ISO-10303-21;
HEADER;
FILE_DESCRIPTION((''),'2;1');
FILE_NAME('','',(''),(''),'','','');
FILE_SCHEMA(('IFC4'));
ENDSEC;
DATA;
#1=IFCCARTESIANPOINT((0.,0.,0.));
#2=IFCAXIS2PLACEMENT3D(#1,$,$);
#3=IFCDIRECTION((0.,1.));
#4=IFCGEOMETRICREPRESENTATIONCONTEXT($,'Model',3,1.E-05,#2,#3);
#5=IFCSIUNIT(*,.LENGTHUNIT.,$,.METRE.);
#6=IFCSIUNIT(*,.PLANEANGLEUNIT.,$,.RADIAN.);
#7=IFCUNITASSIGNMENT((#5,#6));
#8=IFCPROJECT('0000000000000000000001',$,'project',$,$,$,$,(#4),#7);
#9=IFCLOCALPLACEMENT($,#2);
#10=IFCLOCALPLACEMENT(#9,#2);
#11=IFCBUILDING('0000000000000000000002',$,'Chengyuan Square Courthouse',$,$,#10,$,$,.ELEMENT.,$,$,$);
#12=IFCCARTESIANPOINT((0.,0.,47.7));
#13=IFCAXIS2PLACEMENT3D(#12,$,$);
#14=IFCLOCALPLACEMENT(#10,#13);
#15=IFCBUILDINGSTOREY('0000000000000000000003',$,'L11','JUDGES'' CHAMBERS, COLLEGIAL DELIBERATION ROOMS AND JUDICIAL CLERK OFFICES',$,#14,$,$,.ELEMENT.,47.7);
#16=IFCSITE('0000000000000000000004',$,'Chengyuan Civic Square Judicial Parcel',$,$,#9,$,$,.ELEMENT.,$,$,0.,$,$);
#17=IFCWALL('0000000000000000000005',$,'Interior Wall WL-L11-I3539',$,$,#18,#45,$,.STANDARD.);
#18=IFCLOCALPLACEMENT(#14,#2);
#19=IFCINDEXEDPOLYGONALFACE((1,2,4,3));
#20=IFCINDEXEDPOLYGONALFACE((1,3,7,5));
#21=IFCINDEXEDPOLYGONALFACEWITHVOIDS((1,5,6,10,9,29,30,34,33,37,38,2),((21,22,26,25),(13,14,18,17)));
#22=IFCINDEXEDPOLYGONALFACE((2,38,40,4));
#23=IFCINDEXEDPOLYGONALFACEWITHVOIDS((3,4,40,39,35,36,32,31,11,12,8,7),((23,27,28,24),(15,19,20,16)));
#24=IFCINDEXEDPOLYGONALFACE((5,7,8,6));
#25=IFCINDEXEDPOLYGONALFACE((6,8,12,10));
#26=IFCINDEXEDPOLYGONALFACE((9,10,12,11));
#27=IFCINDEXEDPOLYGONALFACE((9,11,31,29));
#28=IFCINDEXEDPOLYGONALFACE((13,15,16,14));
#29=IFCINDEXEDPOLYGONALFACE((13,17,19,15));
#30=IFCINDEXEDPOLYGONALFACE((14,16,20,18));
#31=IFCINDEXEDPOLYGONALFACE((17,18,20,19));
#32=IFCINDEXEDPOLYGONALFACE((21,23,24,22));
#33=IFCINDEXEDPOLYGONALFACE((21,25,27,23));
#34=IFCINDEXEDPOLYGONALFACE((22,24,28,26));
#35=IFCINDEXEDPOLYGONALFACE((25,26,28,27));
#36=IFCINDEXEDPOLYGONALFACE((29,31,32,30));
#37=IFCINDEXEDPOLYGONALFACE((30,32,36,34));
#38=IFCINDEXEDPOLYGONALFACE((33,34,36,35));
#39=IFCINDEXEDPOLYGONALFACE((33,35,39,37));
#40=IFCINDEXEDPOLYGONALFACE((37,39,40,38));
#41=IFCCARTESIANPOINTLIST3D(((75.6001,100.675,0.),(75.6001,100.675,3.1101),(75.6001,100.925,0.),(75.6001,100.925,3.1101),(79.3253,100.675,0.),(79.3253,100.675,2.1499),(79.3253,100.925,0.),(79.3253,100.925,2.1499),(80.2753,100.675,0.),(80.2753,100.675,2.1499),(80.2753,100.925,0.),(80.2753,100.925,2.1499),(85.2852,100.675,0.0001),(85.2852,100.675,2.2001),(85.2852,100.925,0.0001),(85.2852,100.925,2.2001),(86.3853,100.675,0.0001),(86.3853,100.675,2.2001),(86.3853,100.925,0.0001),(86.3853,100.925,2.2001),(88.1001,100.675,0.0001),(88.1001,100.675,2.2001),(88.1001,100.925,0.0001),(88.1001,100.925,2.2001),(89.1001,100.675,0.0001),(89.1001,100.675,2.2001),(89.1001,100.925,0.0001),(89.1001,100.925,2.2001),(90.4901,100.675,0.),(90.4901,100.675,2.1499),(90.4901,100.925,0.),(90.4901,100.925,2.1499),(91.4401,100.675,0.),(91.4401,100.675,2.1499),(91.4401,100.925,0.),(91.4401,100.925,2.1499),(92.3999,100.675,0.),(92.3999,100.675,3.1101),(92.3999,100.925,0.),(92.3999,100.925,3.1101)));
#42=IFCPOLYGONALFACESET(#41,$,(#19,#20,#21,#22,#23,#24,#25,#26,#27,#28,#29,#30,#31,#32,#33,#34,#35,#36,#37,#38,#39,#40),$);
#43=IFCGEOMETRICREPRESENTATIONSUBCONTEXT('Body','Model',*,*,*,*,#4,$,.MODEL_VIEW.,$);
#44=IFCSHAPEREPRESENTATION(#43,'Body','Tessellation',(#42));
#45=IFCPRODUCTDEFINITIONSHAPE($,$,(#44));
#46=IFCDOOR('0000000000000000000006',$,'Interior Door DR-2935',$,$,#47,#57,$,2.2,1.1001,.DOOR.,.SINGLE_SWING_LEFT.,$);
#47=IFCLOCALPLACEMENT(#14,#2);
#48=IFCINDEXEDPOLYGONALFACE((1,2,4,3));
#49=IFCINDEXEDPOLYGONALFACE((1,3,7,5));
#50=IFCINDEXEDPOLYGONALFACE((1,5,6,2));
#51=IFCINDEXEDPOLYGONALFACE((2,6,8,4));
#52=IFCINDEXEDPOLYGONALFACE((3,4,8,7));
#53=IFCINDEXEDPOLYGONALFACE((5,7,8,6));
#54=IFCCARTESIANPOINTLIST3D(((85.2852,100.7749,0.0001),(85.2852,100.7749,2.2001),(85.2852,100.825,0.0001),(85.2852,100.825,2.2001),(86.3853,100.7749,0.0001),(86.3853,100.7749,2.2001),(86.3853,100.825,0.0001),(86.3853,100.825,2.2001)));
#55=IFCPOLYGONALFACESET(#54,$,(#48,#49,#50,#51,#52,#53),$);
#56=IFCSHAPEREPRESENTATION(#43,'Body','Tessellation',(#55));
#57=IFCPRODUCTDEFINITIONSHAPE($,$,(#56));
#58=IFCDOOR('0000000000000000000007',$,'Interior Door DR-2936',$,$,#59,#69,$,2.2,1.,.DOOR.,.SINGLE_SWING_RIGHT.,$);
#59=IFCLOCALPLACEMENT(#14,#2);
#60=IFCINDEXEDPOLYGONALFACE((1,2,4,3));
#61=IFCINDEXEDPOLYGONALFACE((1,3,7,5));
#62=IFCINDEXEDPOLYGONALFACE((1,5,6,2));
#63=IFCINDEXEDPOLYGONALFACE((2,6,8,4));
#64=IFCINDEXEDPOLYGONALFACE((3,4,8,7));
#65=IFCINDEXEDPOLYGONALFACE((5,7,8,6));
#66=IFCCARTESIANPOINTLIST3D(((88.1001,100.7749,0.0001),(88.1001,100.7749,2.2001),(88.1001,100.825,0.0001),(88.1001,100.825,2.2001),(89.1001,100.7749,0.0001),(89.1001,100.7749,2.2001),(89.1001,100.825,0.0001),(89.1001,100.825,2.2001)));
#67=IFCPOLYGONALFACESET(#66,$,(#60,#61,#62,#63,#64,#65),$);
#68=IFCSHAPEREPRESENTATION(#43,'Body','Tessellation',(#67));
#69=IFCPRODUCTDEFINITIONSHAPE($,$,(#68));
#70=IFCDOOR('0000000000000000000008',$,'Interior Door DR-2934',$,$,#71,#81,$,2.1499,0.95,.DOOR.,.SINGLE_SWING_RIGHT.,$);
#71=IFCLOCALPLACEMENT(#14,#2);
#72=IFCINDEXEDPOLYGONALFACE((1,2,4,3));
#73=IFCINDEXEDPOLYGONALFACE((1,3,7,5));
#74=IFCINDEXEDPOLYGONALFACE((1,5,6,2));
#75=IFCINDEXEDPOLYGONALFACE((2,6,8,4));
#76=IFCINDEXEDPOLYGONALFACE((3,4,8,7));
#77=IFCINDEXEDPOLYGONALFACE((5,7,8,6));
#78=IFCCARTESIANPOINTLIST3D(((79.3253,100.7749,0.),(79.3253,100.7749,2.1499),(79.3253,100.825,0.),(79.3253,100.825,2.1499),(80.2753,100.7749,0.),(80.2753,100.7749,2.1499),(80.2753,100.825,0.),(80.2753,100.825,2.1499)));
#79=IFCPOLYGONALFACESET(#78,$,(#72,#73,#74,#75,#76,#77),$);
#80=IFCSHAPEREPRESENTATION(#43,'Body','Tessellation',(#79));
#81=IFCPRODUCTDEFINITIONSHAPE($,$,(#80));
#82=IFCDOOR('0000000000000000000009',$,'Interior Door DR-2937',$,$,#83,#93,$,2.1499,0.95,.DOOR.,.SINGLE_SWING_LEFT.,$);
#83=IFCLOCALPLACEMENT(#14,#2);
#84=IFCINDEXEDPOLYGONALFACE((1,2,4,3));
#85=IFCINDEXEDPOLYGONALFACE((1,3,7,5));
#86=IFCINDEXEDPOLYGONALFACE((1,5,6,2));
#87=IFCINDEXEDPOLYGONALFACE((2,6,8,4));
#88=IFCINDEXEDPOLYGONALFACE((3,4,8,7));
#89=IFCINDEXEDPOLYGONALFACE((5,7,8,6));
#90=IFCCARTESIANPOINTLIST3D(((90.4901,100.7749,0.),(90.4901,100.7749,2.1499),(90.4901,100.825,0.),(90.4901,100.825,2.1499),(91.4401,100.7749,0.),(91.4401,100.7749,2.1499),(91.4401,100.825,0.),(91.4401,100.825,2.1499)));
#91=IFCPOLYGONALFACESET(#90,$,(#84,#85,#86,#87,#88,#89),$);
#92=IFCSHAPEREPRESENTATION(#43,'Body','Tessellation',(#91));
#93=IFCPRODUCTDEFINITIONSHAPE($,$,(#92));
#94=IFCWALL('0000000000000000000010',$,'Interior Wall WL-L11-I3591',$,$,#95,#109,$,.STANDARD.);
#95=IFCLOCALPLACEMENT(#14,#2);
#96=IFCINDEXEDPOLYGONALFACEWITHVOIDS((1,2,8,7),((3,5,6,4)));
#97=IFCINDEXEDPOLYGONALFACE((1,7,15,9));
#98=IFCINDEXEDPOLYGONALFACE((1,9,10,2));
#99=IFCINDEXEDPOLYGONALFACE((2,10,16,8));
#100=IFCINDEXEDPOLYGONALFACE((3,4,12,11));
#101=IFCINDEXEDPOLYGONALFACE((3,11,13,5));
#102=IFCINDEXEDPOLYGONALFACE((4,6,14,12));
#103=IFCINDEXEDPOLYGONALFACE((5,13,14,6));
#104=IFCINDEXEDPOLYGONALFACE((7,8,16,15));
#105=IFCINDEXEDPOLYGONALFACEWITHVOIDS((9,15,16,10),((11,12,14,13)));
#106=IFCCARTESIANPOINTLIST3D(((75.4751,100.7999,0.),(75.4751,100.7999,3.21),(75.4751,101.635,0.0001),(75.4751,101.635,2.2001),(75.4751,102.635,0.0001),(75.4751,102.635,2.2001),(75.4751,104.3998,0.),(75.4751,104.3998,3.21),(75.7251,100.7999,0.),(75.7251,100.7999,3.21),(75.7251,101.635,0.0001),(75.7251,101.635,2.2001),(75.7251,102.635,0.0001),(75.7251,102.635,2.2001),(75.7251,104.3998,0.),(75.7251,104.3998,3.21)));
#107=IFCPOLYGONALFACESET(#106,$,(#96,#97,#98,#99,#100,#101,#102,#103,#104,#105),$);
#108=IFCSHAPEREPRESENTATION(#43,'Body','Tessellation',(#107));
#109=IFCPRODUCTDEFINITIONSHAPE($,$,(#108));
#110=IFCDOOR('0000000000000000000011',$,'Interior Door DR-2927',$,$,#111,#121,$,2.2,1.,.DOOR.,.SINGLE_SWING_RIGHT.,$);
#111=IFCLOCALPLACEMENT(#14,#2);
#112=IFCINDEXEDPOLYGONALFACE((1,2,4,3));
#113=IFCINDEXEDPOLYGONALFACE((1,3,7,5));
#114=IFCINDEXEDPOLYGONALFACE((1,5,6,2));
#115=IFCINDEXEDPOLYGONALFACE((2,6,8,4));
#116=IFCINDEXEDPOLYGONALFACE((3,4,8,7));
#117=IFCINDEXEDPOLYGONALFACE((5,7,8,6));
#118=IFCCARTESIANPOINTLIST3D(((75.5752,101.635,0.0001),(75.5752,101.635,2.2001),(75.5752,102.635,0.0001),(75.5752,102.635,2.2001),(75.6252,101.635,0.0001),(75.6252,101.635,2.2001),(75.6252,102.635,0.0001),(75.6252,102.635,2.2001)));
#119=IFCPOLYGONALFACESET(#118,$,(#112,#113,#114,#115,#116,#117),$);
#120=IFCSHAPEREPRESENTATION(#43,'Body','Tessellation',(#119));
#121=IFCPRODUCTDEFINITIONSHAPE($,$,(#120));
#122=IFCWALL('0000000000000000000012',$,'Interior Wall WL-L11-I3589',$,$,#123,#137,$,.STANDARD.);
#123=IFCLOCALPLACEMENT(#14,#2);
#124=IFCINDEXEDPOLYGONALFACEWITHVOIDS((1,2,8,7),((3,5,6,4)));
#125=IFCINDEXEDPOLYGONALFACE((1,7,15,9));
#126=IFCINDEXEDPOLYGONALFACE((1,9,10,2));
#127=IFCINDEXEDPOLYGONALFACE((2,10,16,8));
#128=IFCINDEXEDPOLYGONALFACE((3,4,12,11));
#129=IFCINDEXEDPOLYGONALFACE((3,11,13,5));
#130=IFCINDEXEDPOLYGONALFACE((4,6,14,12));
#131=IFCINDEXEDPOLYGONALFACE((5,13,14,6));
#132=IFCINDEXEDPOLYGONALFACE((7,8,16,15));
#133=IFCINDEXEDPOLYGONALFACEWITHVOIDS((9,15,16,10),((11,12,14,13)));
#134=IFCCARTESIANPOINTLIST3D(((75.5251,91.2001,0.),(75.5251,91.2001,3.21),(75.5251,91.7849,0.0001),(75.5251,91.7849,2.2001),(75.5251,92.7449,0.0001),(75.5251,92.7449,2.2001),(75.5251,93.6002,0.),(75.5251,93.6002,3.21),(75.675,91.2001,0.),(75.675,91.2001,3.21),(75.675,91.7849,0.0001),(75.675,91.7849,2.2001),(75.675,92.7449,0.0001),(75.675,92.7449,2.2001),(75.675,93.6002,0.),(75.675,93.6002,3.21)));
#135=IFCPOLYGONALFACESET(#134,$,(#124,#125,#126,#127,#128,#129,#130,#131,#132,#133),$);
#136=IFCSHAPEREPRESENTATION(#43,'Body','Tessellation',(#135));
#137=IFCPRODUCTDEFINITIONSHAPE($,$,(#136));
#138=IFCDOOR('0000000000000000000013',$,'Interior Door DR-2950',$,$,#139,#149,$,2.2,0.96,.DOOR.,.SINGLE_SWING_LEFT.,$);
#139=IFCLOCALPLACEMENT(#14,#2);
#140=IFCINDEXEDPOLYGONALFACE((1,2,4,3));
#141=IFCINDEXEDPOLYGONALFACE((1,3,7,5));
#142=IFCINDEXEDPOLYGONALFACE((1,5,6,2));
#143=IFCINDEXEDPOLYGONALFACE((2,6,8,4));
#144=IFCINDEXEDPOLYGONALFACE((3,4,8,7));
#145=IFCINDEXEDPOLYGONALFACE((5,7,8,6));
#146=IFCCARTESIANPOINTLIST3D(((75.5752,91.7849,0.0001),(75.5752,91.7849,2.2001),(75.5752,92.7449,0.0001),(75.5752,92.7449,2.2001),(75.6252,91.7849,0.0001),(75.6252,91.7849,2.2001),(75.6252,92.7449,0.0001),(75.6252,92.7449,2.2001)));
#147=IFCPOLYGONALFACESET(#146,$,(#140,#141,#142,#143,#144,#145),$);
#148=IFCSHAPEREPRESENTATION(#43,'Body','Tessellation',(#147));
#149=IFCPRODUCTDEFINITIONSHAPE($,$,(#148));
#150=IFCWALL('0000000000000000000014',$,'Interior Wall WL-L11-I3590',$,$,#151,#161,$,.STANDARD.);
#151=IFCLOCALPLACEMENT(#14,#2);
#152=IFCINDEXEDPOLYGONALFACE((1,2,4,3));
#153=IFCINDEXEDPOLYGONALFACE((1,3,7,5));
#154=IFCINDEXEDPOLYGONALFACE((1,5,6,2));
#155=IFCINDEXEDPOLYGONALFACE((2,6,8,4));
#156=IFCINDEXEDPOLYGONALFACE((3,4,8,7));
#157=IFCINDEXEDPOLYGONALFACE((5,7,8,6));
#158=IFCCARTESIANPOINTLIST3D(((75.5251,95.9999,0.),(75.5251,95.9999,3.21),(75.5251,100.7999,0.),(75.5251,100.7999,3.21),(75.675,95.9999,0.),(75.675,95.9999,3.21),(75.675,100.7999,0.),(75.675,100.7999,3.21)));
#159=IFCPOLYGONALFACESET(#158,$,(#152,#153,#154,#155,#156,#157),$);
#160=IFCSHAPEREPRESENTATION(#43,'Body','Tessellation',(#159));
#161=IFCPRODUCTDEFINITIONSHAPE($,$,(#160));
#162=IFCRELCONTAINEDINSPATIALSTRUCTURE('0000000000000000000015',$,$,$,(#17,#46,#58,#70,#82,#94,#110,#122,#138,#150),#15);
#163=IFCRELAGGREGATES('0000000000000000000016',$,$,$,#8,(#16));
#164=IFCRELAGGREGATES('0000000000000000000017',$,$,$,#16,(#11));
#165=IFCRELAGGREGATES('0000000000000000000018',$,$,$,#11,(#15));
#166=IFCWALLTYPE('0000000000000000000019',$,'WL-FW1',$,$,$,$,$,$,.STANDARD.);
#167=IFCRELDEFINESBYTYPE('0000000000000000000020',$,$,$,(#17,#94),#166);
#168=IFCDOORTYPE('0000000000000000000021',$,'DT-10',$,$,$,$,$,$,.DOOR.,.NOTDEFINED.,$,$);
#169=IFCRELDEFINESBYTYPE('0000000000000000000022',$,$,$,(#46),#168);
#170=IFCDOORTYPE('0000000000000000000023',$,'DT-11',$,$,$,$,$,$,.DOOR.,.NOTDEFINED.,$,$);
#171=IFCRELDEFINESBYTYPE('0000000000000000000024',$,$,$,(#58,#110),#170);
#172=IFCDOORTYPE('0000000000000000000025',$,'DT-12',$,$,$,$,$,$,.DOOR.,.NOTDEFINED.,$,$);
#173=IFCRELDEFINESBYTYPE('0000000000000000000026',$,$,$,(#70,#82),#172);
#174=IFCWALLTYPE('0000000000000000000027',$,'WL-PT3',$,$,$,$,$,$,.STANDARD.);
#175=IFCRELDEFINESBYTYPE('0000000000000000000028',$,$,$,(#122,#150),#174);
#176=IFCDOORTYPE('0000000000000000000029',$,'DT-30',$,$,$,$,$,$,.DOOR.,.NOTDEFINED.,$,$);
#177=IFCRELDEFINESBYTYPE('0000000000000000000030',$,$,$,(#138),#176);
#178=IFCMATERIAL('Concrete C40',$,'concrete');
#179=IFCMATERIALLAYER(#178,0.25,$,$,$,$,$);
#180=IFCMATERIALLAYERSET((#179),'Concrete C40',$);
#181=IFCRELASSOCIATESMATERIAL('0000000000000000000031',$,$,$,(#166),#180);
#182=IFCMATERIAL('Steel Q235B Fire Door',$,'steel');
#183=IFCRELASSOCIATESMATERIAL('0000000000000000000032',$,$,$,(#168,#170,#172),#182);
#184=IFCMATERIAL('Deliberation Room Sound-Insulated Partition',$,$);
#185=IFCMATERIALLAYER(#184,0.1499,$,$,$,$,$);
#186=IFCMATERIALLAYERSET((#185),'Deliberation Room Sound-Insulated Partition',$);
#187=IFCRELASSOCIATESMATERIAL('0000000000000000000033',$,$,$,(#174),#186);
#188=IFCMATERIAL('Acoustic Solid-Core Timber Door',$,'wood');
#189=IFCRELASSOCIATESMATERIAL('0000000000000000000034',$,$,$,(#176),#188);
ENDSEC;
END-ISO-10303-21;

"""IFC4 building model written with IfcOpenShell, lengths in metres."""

from ifc_helpers import new_model, si_unit, direction, frame, frame_2d, origin, place, context, subcontext, project, spatial, rectangle, extrude, material, layer, layer_set, type_object, element, fill, save


model = new_model("IFC4")

# Units and contexts
model_context = context("Model", 3, precision=1e-05, world=origin(), true_north=direction((0.0, 1.0)))
body_context = subcontext(model_context, "Body", "Model", "MODEL_VIEW")
ifc_project = project(units=[si_unit("LENGTHUNIT", "METRE"), si_unit("PLANEANGLEUNIT", "RADIAN")], contexts=[model_context])

# Site, building, storey
site_placement = place(None, origin())
site = spatial("IfcSite", under=ifc_project, at=site_placement, Name="Chengyuan Civic Square Judicial Parcel", CompositionType="ELEMENT", RefElevation=0.0)
building_placement = place(site_placement, origin())
building = spatial("IfcBuilding", under=site, at=building_placement, Name="Chengyuan Square Courthouse", CompositionType="ELEMENT")
storey_placement = place(building_placement, frame((0.0, 0.0, 47.7)))
storey = spatial("IfcBuildingStorey", under=building, at=storey_placement, Name="L11", Description="JUDGES' CHAMBERS, COLLEGIAL DELIBERATION ROOMS AND JUDICIAL CLERK OFFICES", CompositionType="ELEMENT", Elevation=47.7)

# Shared definitions
ifc_material_1 = material(Name="Concrete C40", Category="concrete")

# Wall, openings, doors
ifc_layer_1 = layer(ifc_material_1, 0.25)
ifc_layer_set_1 = layer_set([ifc_layer_1], Name="Concrete C40")
wall_type_1 = type_object("IfcWallType", Name="WL-FW1", PredefinedType="STANDARD", material=ifc_layer_set_1)
wall_1_placement = place(storey_placement, frame((75.6001, 100.8, 0.0), z_axis=(0.0, 0.0, 1.0), x_axis=(1.0, 0.0, 0.0)))
wall_1 = element("IfcWall", 1, at=wall_1_placement, inside=storey, type_object=wall_type_1, Name="Interior Wall WL-L11-I3539", PredefinedType="STANDARD", context=body_context, shape_type="SweptSolid", body=[
    extrude(rectangle(XDim=16.7998, YDim=0.25, at=frame_2d((8.3999, 0.0))), origin(), (0.0, 0.0, 1.0), 3.1101),
])
opening_1_placement = place(wall_1_placement, frame((3.7251, 0.0, 0.0)))
opening_1 = element("IfcOpeningElement", 2, at=opening_1_placement, cuts=wall_1, PredefinedType="OPENING", context=body_context, shape_type="SweptSolid", body=[
    extrude(rectangle(XDim=0.95, YDim=2.1499, at=frame_2d((0.4751, 1.075))), frame((0.0, 0.137, 0.0), z_axis=(0.0, -1.0, 0.0), x_axis=(1.0, 0.0, 0.0)), (0.0, 0.0, 1.0), 0.2739),
])
opening_2_placement = place(wall_1_placement, frame((9.6851, 0.0, 0.0)))
opening_2 = element("IfcOpeningElement", 3, at=opening_2_placement, cuts=wall_1, PredefinedType="OPENING", context=body_context, shape_type="SweptSolid", body=[
    extrude(rectangle(XDim=1.1001, YDim=2.2, at=frame_2d((0.55, 1.1001))), frame((0.0, 0.137, 0.0), z_axis=(0.0, -1.0, 0.0), x_axis=(1.0, 0.0, 0.0)), (0.0, 0.0, 1.0), 0.2739),
])
opening_3_placement = place(wall_1_placement, frame((12.5, 0.0, 0.0)))
opening_3 = element("IfcOpeningElement", 4, at=opening_3_placement, cuts=wall_1, PredefinedType="OPENING", context=body_context, shape_type="SweptSolid", body=[
    extrude(rectangle(XDim=1.0, YDim=2.2, at=frame_2d((0.5, 1.1001))), frame((0.0, 0.137, 0.0), z_axis=(0.0, -1.0, 0.0), x_axis=(1.0, 0.0, 0.0)), (0.0, 0.0, 1.0), 0.2739),
])
opening_4_placement = place(wall_1_placement, frame((14.8899, 0.0, 0.0)))
opening_4 = element("IfcOpeningElement", 5, at=opening_4_placement, cuts=wall_1, PredefinedType="OPENING", context=body_context, shape_type="SweptSolid", body=[
    extrude(rectangle(XDim=0.95, YDim=2.1499, at=frame_2d((0.4751, 1.075))), frame((0.0, 0.137, 0.0), z_axis=(0.0, -1.0, 0.0), x_axis=(1.0, 0.0, 0.0)), (0.0, 0.0, 1.0), 0.2739),
])
ifc_material_2 = material(Name="Steel Q235B Fire Door", Category="steel")
door_type_1 = type_object("IfcDoorType", Name="DT-10", OperationType="NOTDEFINED", PredefinedType="DOOR", material=ifc_material_2)
door_1_placement = place(opening_2_placement, origin())
door_1 = element("IfcDoor", 6, at=door_1_placement, inside=storey, type_object=door_type_1, Name="Interior Door DR-2935", OperationType="SINGLE_SWING_LEFT", OverallHeight=2.2, OverallWidth=1.1001, PredefinedType="DOOR", context=body_context, shape_type="SweptSolid", body=[
    extrude(rectangle(XDim=1.1001, YDim=2.2, at=frame_2d((0.55, 1.1001))), frame((0.0, 0.0249, 0.0), z_axis=(0.0, -1.0, 0.0), x_axis=(1.0, 0.0, 0.0)), (0.0, 0.0, 1.0), 0.05),
])
fill(opening_2, door_1)
door_type_2 = type_object("IfcDoorType", Name="DT-11", OperationType="NOTDEFINED", PredefinedType="DOOR", material=ifc_material_2)
door_2_placement = place(opening_3_placement, origin())
door_2 = element("IfcDoor", 7, at=door_2_placement, inside=storey, type_object=door_type_2, Name="Interior Door DR-2936", OperationType="SINGLE_SWING_RIGHT", OverallHeight=2.2, OverallWidth=1.0, PredefinedType="DOOR", context=body_context, shape_type="SweptSolid", body=[
    extrude(rectangle(XDim=1.0, YDim=2.2, at=frame_2d((0.5, 1.1001))), frame((0.0, 0.0249, 0.0), z_axis=(0.0, -1.0, 0.0), x_axis=(1.0, 0.0, 0.0)), (0.0, 0.0, 1.0), 0.05),
])
fill(opening_3, door_2)
door_type_3 = type_object("IfcDoorType", Name="DT-12", OperationType="NOTDEFINED", PredefinedType="DOOR", material=ifc_material_2)
door_3_placement = place(opening_1_placement, origin())
door_3 = element("IfcDoor", 8, at=door_3_placement, inside=storey, type_object=door_type_3, Name="Interior Door DR-2934", OperationType="SINGLE_SWING_RIGHT", OverallHeight=2.1499, OverallWidth=0.95, PredefinedType="DOOR", context=body_context, shape_type="SweptSolid", body=[
    extrude(rectangle(XDim=0.95, YDim=2.1499, at=frame_2d((0.4751, 1.075))), frame((0.0, 0.0249, 0.0), z_axis=(0.0, -1.0, 0.0), x_axis=(1.0, 0.0, 0.0)), (0.0, 0.0, 1.0), 0.05),
])
fill(opening_1, door_3)
door_4_placement = place(opening_4_placement, origin())
door_4 = element("IfcDoor", 9, at=door_4_placement, inside=storey, type_object=door_type_3, Name="Interior Door DR-2937", OperationType="SINGLE_SWING_LEFT", OverallHeight=2.1499, OverallWidth=0.95, PredefinedType="DOOR", context=body_context, shape_type="SweptSolid", body=[
    extrude(rectangle(XDim=0.95, YDim=2.1499, at=frame_2d((0.4751, 1.075))), frame((0.0, 0.0249, 0.0), z_axis=(0.0, -1.0, 0.0), x_axis=(1.0, 0.0, 0.0)), (0.0, 0.0, 1.0), 0.05),
])
fill(opening_4, door_4)

# Walls, openings, doors
wall_2_placement = place(storey_placement, frame((75.6001, 100.8, 0.0), z_axis=(0.0, 0.0, 1.0), x_axis=(0.0, 1.0, 0.0)))
wall_2 = element("IfcWall", 10, at=wall_2_placement, inside=storey, type_object=wall_type_1, Name="Interior Wall WL-L11-I3591", PredefinedType="STANDARD", context=body_context, shape_type="SweptSolid", body=[
    extrude(rectangle(XDim=3.5999, YDim=0.25, at=frame_2d((1.7998, 0.0))), origin(), (0.0, 0.0, 1.0), 3.21),
])
opening_5_placement = place(wall_2_placement, frame((0.835, 0.0, 0.0)))
opening_5 = element("IfcOpeningElement", 11, at=opening_5_placement, cuts=wall_2, PredefinedType="OPENING", context=body_context, shape_type="SweptSolid", body=[
    extrude(rectangle(XDim=1.0, YDim=2.2, at=frame_2d((0.5, 1.1001))), frame((0.0, 0.137, 0.0), z_axis=(0.0, -1.0, 0.0), x_axis=(1.0, 0.0, 0.0)), (0.0, 0.0, 1.0), 0.2739),
])
door_5_placement = place(opening_5_placement, origin())
door_5 = element("IfcDoor", 12, at=door_5_placement, inside=storey, type_object=door_type_2, Name="Interior Door DR-2927", OperationType="SINGLE_SWING_RIGHT", OverallHeight=2.2, OverallWidth=1.0, PredefinedType="DOOR", context=body_context, shape_type="SweptSolid", body=[
    extrude(rectangle(XDim=1.0, YDim=2.2, at=frame_2d((0.5, 1.1001))), frame((0.0, 0.0249, 0.0), z_axis=(0.0, -1.0, 0.0), x_axis=(1.0, 0.0, 0.0)), (0.0, 0.0, 1.0), 0.05),
])
fill(opening_5, door_5)
ifc_material_3 = material(Name="Deliberation Room Sound-Insulated Partition")
ifc_layer_2 = layer(ifc_material_3, 0.1499)
ifc_layer_set_2 = layer_set([ifc_layer_2], Name="Deliberation Room Sound-Insulated Partition")
wall_type_2 = type_object("IfcWallType", Name="WL-PT3", PredefinedType="STANDARD", material=ifc_layer_set_2)
wall_3_placement = place(storey_placement, frame((75.6001, 91.2, 0.0), z_axis=(0.0, 0.0, 1.0), x_axis=(0.0, 1.0, 0.0)))
wall_3 = element("IfcWall", 13, at=wall_3_placement, inside=storey, type_object=wall_type_2, Name="Interior Wall WL-L11-I3589", PredefinedType="STANDARD", context=body_context, shape_type="SweptSolid", body=[
    extrude(rectangle(XDim=2.4001, YDim=0.1499, at=frame_2d((1.2002, 0.0))), origin(), (0.0, 0.0, 1.0), 3.21),
])
opening_6_placement = place(wall_3_placement, frame((0.585, 0.0, 0.0)))
opening_6 = element("IfcOpeningElement", 14, at=opening_6_placement, cuts=wall_3, PredefinedType="OPENING", context=body_context, shape_type="SweptSolid", body=[
    extrude(rectangle(XDim=0.96, YDim=2.2, at=frame_2d((0.48, 1.1001))), frame((0.0, 0.0869, 0.0), z_axis=(0.0, -1.0, 0.0), x_axis=(1.0, 0.0, 0.0)), (0.0, 0.0, 1.0), 0.1738),
])
ifc_material_4 = material(Name="Acoustic Solid-Core Timber Door", Category="wood")
door_type_4 = type_object("IfcDoorType", Name="DT-30", OperationType="NOTDEFINED", PredefinedType="DOOR", material=ifc_material_4)
door_6_placement = place(opening_6_placement, origin())
door_6 = element("IfcDoor", 15, at=door_6_placement, inside=storey, type_object=door_type_4, Name="Interior Door DR-2950", OperationType="SINGLE_SWING_LEFT", OverallHeight=2.2, OverallWidth=0.96, PredefinedType="DOOR", context=body_context, shape_type="SweptSolid", body=[
    extrude(rectangle(XDim=0.96, YDim=2.2, at=frame_2d((0.48, 1.1001))), frame((0.0, 0.0249, 0.0), z_axis=(0.0, -1.0, 0.0), x_axis=(1.0, 0.0, 0.0)), (0.0, 0.0, 1.0), 0.05),
])
fill(opening_6, door_6)

# Wall
wall_4_placement = place(storey_placement, frame((75.6001, 96.0, 0.0), z_axis=(0.0, 0.0, 1.0), x_axis=(0.0, 1.0, 0.0)))
element("IfcWall", 16, at=wall_4_placement, inside=storey, type_object=wall_type_2, Name="Interior Wall WL-L11-I3590", PredefinedType="STANDARD", context=body_context, shape_type="SweptSolid", body=[
    extrude(rectangle(XDim=4.8, YDim=0.1499, at=frame_2d((2.3999, 0.0))), origin(), (0.0, 0.0, 1.0), 3.21),
])

save(model, "model.ifc")
